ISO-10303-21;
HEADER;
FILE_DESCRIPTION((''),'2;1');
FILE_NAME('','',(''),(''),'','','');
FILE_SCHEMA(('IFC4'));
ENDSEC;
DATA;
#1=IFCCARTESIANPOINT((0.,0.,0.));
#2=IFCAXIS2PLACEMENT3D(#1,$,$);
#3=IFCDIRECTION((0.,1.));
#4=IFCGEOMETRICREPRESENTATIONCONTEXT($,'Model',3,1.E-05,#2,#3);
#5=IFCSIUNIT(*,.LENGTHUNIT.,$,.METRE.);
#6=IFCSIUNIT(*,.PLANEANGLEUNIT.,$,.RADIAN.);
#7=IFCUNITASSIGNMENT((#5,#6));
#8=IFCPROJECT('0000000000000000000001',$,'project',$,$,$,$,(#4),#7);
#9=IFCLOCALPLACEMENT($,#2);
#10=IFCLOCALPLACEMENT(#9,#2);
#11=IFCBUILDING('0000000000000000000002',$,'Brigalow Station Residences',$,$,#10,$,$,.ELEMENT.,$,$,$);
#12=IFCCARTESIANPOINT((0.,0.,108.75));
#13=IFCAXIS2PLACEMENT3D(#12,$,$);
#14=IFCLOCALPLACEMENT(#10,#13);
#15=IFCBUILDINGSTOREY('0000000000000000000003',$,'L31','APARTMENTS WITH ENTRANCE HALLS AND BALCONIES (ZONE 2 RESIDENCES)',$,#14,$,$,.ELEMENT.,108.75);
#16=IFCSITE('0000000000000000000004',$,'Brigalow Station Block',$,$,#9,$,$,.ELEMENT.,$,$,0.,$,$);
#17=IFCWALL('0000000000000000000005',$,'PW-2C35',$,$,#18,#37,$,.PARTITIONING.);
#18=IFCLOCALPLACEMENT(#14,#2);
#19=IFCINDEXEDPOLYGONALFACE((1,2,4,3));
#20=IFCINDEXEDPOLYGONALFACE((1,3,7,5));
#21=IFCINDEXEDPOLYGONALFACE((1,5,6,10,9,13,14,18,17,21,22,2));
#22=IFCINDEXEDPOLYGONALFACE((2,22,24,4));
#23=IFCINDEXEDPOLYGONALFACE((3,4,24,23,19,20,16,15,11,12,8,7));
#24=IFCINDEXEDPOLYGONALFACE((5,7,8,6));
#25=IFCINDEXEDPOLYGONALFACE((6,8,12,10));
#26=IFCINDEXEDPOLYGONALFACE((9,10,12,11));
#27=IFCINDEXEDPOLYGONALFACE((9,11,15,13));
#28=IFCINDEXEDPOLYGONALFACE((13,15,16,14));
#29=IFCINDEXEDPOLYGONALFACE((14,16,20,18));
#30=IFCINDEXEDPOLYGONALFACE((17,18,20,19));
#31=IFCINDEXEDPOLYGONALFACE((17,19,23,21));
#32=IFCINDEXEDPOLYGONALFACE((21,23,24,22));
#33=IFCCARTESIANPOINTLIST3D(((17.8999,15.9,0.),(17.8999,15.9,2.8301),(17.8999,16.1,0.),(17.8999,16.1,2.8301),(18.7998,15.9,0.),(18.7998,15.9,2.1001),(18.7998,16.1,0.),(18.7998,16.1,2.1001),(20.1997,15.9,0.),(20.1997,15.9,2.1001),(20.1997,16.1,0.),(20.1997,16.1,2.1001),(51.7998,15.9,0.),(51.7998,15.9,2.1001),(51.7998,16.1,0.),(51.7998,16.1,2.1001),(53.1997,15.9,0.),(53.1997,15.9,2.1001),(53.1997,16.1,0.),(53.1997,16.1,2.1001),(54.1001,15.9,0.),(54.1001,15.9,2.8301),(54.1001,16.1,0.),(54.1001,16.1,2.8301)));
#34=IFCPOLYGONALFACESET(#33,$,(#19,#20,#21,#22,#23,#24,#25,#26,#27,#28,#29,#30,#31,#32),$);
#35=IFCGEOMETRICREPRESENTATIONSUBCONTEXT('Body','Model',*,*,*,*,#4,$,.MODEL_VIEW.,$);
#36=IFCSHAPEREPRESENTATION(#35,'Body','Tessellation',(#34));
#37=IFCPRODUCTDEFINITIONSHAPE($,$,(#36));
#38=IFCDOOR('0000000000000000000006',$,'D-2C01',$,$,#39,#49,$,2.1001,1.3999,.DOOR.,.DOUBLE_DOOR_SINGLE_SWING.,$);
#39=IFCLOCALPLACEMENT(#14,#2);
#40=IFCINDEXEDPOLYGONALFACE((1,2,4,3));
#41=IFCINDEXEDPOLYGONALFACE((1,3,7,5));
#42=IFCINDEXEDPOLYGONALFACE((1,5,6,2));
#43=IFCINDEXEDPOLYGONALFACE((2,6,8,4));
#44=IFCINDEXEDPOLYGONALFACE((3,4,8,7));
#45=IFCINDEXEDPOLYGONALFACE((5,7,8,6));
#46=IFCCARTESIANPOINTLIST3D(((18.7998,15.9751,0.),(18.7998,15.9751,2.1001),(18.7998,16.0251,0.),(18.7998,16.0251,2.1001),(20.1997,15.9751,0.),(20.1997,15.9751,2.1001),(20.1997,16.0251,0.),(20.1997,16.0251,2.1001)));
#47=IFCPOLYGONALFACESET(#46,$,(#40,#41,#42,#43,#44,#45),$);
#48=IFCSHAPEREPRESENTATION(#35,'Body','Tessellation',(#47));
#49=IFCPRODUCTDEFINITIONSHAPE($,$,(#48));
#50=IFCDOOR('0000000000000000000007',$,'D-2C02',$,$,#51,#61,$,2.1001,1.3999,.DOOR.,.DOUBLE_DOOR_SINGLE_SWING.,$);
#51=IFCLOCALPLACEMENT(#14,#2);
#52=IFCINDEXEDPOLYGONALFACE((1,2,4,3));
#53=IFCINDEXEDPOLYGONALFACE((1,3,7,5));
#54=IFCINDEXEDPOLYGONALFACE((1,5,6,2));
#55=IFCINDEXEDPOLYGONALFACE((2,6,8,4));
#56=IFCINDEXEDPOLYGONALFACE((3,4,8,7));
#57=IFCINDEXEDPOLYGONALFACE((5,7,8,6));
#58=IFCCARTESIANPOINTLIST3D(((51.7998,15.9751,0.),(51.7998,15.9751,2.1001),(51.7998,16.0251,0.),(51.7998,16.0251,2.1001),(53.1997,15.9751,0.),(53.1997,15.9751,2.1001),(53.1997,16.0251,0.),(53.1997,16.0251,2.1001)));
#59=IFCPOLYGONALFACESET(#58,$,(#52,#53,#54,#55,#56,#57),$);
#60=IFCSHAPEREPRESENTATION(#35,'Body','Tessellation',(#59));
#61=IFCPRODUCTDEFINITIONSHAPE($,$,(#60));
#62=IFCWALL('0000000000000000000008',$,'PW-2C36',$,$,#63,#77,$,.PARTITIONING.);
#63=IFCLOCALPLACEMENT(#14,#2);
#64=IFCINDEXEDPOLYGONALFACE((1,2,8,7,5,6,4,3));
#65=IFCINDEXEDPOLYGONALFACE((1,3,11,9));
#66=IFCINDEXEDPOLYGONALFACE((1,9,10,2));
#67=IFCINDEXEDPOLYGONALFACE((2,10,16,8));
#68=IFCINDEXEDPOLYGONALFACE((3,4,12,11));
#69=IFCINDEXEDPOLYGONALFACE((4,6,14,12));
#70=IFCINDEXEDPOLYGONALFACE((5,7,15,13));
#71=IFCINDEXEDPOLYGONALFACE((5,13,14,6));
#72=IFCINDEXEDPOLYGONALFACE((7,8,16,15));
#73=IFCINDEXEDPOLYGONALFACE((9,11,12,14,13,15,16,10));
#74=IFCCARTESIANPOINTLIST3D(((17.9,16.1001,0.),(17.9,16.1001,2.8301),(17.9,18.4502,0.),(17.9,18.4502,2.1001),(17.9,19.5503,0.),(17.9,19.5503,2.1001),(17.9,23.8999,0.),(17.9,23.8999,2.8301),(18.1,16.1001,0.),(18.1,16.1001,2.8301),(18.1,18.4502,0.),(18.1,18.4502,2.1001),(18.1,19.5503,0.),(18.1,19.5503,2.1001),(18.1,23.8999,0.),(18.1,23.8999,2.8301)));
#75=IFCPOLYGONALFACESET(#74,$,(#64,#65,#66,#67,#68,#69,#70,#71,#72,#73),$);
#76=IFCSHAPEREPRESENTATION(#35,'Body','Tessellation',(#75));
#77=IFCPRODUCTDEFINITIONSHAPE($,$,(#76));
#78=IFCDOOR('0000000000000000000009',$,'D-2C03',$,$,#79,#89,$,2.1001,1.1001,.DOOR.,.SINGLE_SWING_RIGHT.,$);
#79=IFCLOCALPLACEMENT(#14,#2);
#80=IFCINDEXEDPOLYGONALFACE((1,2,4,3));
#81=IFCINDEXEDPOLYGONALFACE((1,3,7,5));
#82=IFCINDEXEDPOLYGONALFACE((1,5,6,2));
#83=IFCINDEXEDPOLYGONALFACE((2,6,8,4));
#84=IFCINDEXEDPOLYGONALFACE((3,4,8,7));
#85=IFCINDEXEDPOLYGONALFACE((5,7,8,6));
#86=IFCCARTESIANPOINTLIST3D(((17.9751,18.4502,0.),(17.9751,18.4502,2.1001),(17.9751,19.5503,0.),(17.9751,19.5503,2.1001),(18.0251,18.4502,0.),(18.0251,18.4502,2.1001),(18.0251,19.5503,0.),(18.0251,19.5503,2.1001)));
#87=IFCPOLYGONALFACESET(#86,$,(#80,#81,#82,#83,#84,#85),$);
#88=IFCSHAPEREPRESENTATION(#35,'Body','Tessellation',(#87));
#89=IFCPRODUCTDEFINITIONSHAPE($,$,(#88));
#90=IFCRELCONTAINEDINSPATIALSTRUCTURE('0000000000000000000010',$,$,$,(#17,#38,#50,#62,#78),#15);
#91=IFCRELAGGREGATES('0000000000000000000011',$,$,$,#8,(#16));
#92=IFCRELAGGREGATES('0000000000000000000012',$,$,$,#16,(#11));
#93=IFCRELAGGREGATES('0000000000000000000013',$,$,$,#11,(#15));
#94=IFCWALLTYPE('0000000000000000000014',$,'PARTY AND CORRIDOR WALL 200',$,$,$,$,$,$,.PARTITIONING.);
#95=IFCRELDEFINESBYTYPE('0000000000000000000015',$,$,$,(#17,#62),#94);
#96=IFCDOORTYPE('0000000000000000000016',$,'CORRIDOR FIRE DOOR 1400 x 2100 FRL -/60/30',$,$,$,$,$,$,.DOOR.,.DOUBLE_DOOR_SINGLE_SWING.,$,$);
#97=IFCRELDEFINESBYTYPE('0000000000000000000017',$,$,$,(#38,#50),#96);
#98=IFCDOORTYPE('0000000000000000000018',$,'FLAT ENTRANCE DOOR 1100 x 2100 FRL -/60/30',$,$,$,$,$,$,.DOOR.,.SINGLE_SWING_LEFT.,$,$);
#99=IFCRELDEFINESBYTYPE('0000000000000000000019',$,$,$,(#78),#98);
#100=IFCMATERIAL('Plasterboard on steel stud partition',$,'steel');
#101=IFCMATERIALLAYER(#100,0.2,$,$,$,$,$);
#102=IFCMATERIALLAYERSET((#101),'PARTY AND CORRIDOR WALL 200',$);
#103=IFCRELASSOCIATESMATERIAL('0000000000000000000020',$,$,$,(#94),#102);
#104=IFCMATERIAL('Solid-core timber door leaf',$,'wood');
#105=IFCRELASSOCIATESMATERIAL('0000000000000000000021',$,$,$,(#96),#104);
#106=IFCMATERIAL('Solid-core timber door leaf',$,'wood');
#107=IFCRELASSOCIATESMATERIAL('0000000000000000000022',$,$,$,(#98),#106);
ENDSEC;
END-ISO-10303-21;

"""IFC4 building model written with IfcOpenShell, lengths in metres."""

from ifc_helpers import new_model, si_unit, direction, frame, frame_2d, origin, place, context, subcontext, project, spatial, rectangle, extrude, material, layer, layer_set, type_object, element, fill, save


model = new_model("IFC4")

# Units and contexts
model_context = context("Model", 3, precision=1e-05, world=origin(), true_north=direction((0.0, 1.0)))
body_context = subcontext(model_context, "Body", "Model", "MODEL_VIEW")
ifc_project = project(units=[si_unit("LENGTHUNIT", "METRE"), si_unit("PLANEANGLEUNIT", "RADIAN")], contexts=[model_context])

# Site, building, storey
site_placement = place(None, origin())
site = spatial("IfcSite", under=ifc_project, at=site_placement, Name="Brigalow Station Block", CompositionType="ELEMENT", RefElevation=0.0)
building_placement = place(site_placement, origin())
building = spatial("IfcBuilding", under=site, at=building_placement, Name="Brigalow Station Residences", CompositionType="ELEMENT")
storey_placement = place(building_placement, frame((0.0, 0.0, 108.75)))
storey = spatial("IfcBuildingStorey", under=building, at=storey_placement, Name="L31", Description="APARTMENTS WITH ENTRANCE HALLS AND BALCONIES (ZONE 2 RESIDENCES)", CompositionType="ELEMENT", Elevation=108.75)

# Wall, openings, doors
ifc_material_1 = material(Name="Plasterboard on steel stud partition", Category="steel")
ifc_layer_1 = layer(ifc_material_1, 0.2)
ifc_layer_set_1 = layer_set([ifc_layer_1], Name="PARTY AND CORRIDOR WALL 200")
wall_type_1 = type_object("IfcWallType", Name="PARTY AND CORRIDOR WALL 200", PredefinedType="PARTITIONING", material=ifc_layer_set_1)
wall_1_placement = place(storey_placement, frame((17.8999, 16.0, 0.0), z_axis=(0.0, 0.0, 1.0), x_axis=(1.0, 0.0, 0.0)))
wall_1 = element("IfcWall", 1, at=wall_1_placement, inside=storey, type_object=wall_type_1, Name="PW-2C35", PredefinedType="PARTITIONING", context=body_context, shape_type="SweptSolid", body=[
    extrude(rectangle(XDim=36.2002, YDim=0.2, at=frame_2d((18.1001, 0.0))), origin(), (0.0, 0.0, 1.0), 2.8301),
])
opening_1_placement = place(wall_1_placement, frame((0.8999, 0.0, 0.0)))
opening_1 = element("IfcOpeningElement", 2, at=opening_1_placement, cuts=wall_1, PredefinedType="OPENING", context=body_context, shape_type="SweptSolid", body=[
    extrude(rectangle(XDim=1.3999, YDim=2.1001, at=frame_2d((0.7, 1.05))), frame((0.0, 0.1099, 0.0), z_axis=(0.0, -1.0, 0.0), x_axis=(1.0, 0.0, 0.0)), (0.0, 0.0, 1.0), 0.22),
])
opening_2_placement = place(wall_1_placement, frame((33.8999, 0.0, 0.0)))
opening_2 = element("IfcOpeningElement", 3, at=opening_2_placement, cuts=wall_1, PredefinedType="OPENING", context=body_context, shape_type="SweptSolid", body=[
    extrude(rectangle(XDim=1.3999, YDim=2.1001, at=frame_2d((0.7, 1.05))), frame((0.0, 0.1099, 0.0), z_axis=(0.0, -1.0, 0.0), x_axis=(1.0, 0.0, 0.0)), (0.0, 0.0, 1.0), 0.22),
])
ifc_material_2 = material(Name="Solid-core timber door leaf", Category="wood")
door_type_1 = type_object("IfcDoorType", Name="CORRIDOR FIRE DOOR 1400 x 2100 FRL -/60/30", OperationType="DOUBLE_DOOR_SINGLE_SWING", PredefinedType="DOOR", material=ifc_material_2)
door_1_placement = place(opening_1_placement, frame((1.3999, 0.0, 0.0), z_axis=(0.0, 0.0, 1.0), x_axis=(-1.0, 0.0, 0.0)))
door_1 = element("IfcDoor", 4, at=door_1_placement, inside=storey, type_object=door_type_1, Name="D-2C01", OperationType="DOUBLE_DOOR_SINGLE_SWING", OverallHeight=2.1001, OverallWidth=1.3999, PredefinedType="DOOR", context=body_context, shape_type="SweptSolid", body=[
    extrude(rectangle(XDim=1.3999, YDim=2.1001, at=frame_2d((0.7, 1.05))), frame((0.0, 0.0249, 0.0), z_axis=(0.0, -1.0, 0.0), x_axis=(1.0, 0.0, 0.0)), (0.0, 0.0, 1.0), 0.05),
])
fill(opening_1, door_1)
door_2_placement = place(opening_2_placement, frame((1.3999, 0.0, 0.0), z_axis=(0.0, 0.0, 1.0), x_axis=(-1.0, 0.0, 0.0)))
door_2 = element("IfcDoor", 5, at=door_2_placement, inside=storey, type_object=door_type_1, Name="D-2C02", OperationType="DOUBLE_DOOR_SINGLE_SWING", OverallHeight=2.1001, OverallWidth=1.3999, PredefinedType="DOOR", context=body_context, shape_type="SweptSolid", body=[
    extrude(rectangle(XDim=1.3999, YDim=2.1001, at=frame_2d((0.7, 1.05))), frame((0.0, 0.0249, 0.0), z_axis=(0.0, -1.0, 0.0), x_axis=(1.0, 0.0, 0.0)), (0.0, 0.0, 1.0), 0.05),
])
fill(opening_2, door_2)

# Wall, opening, door
wall_2_placement = place(storey_placement, frame((18.0, 16.1001, 0.0), z_axis=(0.0, 0.0, 1.0), x_axis=(0.0, 1.0, 0.0)))
wall_2 = element("IfcWall", 6, at=wall_2_placement, inside=storey, type_object=wall_type_1, Name="PW-2C36", PredefinedType="PARTITIONING", context=body_context, shape_type="SweptSolid", body=[
    extrude(rectangle(XDim=7.7998, YDim=0.2, at=frame_2d((3.8999, 0.0))), origin(), (0.0, 0.0, 1.0), 2.8301),
])
opening_3_placement = place(wall_2_placement, frame((2.3501, 0.0, 0.0)))
opening_3 = element("IfcOpeningElement", 7, at=opening_3_placement, cuts=wall_2, PredefinedType="OPENING", context=body_context, shape_type="SweptSolid", body=[
    extrude(rectangle(XDim=1.1001, YDim=2.1001, at=frame_2d((0.55, 1.05))), frame((0.0, 0.1099, 0.0), z_axis=(0.0, -1.0, 0.0), x_axis=(1.0, 0.0, 0.0)), (0.0, 0.0, 1.0), 0.22),
])
ifc_material_3 = material(Name="Solid-core timber door leaf", Category="wood")
door_type_2 = type_object("IfcDoorType", Name="FLAT ENTRANCE DOOR 1100 x 2100 FRL -/60/30", OperationType="SINGLE_SWING_LEFT", PredefinedType="DOOR", material=ifc_material_3)
door_3_placement = place(opening_3_placement, origin())
door_3 = element("IfcDoor", 8, at=door_3_placement, inside=storey, type_object=door_type_2, Name="D-2C03", OperationType="SINGLE_SWING_RIGHT", OverallHeight=2.1001, OverallWidth=1.1001, PredefinedType="DOOR", context=body_context, shape_type="SweptSolid", body=[
    extrude(rectangle(XDim=1.1001, YDim=2.1001, at=frame_2d((0.55, 1.05))), frame((0.0, 0.0249, 0.0), z_axis=(0.0, -1.0, 0.0), x_axis=(1.0, 0.0, 0.0)), (0.0, 0.0, 1.0), 0.05),
])
fill(opening_3, door_3)

save(model, "model.ifc")
